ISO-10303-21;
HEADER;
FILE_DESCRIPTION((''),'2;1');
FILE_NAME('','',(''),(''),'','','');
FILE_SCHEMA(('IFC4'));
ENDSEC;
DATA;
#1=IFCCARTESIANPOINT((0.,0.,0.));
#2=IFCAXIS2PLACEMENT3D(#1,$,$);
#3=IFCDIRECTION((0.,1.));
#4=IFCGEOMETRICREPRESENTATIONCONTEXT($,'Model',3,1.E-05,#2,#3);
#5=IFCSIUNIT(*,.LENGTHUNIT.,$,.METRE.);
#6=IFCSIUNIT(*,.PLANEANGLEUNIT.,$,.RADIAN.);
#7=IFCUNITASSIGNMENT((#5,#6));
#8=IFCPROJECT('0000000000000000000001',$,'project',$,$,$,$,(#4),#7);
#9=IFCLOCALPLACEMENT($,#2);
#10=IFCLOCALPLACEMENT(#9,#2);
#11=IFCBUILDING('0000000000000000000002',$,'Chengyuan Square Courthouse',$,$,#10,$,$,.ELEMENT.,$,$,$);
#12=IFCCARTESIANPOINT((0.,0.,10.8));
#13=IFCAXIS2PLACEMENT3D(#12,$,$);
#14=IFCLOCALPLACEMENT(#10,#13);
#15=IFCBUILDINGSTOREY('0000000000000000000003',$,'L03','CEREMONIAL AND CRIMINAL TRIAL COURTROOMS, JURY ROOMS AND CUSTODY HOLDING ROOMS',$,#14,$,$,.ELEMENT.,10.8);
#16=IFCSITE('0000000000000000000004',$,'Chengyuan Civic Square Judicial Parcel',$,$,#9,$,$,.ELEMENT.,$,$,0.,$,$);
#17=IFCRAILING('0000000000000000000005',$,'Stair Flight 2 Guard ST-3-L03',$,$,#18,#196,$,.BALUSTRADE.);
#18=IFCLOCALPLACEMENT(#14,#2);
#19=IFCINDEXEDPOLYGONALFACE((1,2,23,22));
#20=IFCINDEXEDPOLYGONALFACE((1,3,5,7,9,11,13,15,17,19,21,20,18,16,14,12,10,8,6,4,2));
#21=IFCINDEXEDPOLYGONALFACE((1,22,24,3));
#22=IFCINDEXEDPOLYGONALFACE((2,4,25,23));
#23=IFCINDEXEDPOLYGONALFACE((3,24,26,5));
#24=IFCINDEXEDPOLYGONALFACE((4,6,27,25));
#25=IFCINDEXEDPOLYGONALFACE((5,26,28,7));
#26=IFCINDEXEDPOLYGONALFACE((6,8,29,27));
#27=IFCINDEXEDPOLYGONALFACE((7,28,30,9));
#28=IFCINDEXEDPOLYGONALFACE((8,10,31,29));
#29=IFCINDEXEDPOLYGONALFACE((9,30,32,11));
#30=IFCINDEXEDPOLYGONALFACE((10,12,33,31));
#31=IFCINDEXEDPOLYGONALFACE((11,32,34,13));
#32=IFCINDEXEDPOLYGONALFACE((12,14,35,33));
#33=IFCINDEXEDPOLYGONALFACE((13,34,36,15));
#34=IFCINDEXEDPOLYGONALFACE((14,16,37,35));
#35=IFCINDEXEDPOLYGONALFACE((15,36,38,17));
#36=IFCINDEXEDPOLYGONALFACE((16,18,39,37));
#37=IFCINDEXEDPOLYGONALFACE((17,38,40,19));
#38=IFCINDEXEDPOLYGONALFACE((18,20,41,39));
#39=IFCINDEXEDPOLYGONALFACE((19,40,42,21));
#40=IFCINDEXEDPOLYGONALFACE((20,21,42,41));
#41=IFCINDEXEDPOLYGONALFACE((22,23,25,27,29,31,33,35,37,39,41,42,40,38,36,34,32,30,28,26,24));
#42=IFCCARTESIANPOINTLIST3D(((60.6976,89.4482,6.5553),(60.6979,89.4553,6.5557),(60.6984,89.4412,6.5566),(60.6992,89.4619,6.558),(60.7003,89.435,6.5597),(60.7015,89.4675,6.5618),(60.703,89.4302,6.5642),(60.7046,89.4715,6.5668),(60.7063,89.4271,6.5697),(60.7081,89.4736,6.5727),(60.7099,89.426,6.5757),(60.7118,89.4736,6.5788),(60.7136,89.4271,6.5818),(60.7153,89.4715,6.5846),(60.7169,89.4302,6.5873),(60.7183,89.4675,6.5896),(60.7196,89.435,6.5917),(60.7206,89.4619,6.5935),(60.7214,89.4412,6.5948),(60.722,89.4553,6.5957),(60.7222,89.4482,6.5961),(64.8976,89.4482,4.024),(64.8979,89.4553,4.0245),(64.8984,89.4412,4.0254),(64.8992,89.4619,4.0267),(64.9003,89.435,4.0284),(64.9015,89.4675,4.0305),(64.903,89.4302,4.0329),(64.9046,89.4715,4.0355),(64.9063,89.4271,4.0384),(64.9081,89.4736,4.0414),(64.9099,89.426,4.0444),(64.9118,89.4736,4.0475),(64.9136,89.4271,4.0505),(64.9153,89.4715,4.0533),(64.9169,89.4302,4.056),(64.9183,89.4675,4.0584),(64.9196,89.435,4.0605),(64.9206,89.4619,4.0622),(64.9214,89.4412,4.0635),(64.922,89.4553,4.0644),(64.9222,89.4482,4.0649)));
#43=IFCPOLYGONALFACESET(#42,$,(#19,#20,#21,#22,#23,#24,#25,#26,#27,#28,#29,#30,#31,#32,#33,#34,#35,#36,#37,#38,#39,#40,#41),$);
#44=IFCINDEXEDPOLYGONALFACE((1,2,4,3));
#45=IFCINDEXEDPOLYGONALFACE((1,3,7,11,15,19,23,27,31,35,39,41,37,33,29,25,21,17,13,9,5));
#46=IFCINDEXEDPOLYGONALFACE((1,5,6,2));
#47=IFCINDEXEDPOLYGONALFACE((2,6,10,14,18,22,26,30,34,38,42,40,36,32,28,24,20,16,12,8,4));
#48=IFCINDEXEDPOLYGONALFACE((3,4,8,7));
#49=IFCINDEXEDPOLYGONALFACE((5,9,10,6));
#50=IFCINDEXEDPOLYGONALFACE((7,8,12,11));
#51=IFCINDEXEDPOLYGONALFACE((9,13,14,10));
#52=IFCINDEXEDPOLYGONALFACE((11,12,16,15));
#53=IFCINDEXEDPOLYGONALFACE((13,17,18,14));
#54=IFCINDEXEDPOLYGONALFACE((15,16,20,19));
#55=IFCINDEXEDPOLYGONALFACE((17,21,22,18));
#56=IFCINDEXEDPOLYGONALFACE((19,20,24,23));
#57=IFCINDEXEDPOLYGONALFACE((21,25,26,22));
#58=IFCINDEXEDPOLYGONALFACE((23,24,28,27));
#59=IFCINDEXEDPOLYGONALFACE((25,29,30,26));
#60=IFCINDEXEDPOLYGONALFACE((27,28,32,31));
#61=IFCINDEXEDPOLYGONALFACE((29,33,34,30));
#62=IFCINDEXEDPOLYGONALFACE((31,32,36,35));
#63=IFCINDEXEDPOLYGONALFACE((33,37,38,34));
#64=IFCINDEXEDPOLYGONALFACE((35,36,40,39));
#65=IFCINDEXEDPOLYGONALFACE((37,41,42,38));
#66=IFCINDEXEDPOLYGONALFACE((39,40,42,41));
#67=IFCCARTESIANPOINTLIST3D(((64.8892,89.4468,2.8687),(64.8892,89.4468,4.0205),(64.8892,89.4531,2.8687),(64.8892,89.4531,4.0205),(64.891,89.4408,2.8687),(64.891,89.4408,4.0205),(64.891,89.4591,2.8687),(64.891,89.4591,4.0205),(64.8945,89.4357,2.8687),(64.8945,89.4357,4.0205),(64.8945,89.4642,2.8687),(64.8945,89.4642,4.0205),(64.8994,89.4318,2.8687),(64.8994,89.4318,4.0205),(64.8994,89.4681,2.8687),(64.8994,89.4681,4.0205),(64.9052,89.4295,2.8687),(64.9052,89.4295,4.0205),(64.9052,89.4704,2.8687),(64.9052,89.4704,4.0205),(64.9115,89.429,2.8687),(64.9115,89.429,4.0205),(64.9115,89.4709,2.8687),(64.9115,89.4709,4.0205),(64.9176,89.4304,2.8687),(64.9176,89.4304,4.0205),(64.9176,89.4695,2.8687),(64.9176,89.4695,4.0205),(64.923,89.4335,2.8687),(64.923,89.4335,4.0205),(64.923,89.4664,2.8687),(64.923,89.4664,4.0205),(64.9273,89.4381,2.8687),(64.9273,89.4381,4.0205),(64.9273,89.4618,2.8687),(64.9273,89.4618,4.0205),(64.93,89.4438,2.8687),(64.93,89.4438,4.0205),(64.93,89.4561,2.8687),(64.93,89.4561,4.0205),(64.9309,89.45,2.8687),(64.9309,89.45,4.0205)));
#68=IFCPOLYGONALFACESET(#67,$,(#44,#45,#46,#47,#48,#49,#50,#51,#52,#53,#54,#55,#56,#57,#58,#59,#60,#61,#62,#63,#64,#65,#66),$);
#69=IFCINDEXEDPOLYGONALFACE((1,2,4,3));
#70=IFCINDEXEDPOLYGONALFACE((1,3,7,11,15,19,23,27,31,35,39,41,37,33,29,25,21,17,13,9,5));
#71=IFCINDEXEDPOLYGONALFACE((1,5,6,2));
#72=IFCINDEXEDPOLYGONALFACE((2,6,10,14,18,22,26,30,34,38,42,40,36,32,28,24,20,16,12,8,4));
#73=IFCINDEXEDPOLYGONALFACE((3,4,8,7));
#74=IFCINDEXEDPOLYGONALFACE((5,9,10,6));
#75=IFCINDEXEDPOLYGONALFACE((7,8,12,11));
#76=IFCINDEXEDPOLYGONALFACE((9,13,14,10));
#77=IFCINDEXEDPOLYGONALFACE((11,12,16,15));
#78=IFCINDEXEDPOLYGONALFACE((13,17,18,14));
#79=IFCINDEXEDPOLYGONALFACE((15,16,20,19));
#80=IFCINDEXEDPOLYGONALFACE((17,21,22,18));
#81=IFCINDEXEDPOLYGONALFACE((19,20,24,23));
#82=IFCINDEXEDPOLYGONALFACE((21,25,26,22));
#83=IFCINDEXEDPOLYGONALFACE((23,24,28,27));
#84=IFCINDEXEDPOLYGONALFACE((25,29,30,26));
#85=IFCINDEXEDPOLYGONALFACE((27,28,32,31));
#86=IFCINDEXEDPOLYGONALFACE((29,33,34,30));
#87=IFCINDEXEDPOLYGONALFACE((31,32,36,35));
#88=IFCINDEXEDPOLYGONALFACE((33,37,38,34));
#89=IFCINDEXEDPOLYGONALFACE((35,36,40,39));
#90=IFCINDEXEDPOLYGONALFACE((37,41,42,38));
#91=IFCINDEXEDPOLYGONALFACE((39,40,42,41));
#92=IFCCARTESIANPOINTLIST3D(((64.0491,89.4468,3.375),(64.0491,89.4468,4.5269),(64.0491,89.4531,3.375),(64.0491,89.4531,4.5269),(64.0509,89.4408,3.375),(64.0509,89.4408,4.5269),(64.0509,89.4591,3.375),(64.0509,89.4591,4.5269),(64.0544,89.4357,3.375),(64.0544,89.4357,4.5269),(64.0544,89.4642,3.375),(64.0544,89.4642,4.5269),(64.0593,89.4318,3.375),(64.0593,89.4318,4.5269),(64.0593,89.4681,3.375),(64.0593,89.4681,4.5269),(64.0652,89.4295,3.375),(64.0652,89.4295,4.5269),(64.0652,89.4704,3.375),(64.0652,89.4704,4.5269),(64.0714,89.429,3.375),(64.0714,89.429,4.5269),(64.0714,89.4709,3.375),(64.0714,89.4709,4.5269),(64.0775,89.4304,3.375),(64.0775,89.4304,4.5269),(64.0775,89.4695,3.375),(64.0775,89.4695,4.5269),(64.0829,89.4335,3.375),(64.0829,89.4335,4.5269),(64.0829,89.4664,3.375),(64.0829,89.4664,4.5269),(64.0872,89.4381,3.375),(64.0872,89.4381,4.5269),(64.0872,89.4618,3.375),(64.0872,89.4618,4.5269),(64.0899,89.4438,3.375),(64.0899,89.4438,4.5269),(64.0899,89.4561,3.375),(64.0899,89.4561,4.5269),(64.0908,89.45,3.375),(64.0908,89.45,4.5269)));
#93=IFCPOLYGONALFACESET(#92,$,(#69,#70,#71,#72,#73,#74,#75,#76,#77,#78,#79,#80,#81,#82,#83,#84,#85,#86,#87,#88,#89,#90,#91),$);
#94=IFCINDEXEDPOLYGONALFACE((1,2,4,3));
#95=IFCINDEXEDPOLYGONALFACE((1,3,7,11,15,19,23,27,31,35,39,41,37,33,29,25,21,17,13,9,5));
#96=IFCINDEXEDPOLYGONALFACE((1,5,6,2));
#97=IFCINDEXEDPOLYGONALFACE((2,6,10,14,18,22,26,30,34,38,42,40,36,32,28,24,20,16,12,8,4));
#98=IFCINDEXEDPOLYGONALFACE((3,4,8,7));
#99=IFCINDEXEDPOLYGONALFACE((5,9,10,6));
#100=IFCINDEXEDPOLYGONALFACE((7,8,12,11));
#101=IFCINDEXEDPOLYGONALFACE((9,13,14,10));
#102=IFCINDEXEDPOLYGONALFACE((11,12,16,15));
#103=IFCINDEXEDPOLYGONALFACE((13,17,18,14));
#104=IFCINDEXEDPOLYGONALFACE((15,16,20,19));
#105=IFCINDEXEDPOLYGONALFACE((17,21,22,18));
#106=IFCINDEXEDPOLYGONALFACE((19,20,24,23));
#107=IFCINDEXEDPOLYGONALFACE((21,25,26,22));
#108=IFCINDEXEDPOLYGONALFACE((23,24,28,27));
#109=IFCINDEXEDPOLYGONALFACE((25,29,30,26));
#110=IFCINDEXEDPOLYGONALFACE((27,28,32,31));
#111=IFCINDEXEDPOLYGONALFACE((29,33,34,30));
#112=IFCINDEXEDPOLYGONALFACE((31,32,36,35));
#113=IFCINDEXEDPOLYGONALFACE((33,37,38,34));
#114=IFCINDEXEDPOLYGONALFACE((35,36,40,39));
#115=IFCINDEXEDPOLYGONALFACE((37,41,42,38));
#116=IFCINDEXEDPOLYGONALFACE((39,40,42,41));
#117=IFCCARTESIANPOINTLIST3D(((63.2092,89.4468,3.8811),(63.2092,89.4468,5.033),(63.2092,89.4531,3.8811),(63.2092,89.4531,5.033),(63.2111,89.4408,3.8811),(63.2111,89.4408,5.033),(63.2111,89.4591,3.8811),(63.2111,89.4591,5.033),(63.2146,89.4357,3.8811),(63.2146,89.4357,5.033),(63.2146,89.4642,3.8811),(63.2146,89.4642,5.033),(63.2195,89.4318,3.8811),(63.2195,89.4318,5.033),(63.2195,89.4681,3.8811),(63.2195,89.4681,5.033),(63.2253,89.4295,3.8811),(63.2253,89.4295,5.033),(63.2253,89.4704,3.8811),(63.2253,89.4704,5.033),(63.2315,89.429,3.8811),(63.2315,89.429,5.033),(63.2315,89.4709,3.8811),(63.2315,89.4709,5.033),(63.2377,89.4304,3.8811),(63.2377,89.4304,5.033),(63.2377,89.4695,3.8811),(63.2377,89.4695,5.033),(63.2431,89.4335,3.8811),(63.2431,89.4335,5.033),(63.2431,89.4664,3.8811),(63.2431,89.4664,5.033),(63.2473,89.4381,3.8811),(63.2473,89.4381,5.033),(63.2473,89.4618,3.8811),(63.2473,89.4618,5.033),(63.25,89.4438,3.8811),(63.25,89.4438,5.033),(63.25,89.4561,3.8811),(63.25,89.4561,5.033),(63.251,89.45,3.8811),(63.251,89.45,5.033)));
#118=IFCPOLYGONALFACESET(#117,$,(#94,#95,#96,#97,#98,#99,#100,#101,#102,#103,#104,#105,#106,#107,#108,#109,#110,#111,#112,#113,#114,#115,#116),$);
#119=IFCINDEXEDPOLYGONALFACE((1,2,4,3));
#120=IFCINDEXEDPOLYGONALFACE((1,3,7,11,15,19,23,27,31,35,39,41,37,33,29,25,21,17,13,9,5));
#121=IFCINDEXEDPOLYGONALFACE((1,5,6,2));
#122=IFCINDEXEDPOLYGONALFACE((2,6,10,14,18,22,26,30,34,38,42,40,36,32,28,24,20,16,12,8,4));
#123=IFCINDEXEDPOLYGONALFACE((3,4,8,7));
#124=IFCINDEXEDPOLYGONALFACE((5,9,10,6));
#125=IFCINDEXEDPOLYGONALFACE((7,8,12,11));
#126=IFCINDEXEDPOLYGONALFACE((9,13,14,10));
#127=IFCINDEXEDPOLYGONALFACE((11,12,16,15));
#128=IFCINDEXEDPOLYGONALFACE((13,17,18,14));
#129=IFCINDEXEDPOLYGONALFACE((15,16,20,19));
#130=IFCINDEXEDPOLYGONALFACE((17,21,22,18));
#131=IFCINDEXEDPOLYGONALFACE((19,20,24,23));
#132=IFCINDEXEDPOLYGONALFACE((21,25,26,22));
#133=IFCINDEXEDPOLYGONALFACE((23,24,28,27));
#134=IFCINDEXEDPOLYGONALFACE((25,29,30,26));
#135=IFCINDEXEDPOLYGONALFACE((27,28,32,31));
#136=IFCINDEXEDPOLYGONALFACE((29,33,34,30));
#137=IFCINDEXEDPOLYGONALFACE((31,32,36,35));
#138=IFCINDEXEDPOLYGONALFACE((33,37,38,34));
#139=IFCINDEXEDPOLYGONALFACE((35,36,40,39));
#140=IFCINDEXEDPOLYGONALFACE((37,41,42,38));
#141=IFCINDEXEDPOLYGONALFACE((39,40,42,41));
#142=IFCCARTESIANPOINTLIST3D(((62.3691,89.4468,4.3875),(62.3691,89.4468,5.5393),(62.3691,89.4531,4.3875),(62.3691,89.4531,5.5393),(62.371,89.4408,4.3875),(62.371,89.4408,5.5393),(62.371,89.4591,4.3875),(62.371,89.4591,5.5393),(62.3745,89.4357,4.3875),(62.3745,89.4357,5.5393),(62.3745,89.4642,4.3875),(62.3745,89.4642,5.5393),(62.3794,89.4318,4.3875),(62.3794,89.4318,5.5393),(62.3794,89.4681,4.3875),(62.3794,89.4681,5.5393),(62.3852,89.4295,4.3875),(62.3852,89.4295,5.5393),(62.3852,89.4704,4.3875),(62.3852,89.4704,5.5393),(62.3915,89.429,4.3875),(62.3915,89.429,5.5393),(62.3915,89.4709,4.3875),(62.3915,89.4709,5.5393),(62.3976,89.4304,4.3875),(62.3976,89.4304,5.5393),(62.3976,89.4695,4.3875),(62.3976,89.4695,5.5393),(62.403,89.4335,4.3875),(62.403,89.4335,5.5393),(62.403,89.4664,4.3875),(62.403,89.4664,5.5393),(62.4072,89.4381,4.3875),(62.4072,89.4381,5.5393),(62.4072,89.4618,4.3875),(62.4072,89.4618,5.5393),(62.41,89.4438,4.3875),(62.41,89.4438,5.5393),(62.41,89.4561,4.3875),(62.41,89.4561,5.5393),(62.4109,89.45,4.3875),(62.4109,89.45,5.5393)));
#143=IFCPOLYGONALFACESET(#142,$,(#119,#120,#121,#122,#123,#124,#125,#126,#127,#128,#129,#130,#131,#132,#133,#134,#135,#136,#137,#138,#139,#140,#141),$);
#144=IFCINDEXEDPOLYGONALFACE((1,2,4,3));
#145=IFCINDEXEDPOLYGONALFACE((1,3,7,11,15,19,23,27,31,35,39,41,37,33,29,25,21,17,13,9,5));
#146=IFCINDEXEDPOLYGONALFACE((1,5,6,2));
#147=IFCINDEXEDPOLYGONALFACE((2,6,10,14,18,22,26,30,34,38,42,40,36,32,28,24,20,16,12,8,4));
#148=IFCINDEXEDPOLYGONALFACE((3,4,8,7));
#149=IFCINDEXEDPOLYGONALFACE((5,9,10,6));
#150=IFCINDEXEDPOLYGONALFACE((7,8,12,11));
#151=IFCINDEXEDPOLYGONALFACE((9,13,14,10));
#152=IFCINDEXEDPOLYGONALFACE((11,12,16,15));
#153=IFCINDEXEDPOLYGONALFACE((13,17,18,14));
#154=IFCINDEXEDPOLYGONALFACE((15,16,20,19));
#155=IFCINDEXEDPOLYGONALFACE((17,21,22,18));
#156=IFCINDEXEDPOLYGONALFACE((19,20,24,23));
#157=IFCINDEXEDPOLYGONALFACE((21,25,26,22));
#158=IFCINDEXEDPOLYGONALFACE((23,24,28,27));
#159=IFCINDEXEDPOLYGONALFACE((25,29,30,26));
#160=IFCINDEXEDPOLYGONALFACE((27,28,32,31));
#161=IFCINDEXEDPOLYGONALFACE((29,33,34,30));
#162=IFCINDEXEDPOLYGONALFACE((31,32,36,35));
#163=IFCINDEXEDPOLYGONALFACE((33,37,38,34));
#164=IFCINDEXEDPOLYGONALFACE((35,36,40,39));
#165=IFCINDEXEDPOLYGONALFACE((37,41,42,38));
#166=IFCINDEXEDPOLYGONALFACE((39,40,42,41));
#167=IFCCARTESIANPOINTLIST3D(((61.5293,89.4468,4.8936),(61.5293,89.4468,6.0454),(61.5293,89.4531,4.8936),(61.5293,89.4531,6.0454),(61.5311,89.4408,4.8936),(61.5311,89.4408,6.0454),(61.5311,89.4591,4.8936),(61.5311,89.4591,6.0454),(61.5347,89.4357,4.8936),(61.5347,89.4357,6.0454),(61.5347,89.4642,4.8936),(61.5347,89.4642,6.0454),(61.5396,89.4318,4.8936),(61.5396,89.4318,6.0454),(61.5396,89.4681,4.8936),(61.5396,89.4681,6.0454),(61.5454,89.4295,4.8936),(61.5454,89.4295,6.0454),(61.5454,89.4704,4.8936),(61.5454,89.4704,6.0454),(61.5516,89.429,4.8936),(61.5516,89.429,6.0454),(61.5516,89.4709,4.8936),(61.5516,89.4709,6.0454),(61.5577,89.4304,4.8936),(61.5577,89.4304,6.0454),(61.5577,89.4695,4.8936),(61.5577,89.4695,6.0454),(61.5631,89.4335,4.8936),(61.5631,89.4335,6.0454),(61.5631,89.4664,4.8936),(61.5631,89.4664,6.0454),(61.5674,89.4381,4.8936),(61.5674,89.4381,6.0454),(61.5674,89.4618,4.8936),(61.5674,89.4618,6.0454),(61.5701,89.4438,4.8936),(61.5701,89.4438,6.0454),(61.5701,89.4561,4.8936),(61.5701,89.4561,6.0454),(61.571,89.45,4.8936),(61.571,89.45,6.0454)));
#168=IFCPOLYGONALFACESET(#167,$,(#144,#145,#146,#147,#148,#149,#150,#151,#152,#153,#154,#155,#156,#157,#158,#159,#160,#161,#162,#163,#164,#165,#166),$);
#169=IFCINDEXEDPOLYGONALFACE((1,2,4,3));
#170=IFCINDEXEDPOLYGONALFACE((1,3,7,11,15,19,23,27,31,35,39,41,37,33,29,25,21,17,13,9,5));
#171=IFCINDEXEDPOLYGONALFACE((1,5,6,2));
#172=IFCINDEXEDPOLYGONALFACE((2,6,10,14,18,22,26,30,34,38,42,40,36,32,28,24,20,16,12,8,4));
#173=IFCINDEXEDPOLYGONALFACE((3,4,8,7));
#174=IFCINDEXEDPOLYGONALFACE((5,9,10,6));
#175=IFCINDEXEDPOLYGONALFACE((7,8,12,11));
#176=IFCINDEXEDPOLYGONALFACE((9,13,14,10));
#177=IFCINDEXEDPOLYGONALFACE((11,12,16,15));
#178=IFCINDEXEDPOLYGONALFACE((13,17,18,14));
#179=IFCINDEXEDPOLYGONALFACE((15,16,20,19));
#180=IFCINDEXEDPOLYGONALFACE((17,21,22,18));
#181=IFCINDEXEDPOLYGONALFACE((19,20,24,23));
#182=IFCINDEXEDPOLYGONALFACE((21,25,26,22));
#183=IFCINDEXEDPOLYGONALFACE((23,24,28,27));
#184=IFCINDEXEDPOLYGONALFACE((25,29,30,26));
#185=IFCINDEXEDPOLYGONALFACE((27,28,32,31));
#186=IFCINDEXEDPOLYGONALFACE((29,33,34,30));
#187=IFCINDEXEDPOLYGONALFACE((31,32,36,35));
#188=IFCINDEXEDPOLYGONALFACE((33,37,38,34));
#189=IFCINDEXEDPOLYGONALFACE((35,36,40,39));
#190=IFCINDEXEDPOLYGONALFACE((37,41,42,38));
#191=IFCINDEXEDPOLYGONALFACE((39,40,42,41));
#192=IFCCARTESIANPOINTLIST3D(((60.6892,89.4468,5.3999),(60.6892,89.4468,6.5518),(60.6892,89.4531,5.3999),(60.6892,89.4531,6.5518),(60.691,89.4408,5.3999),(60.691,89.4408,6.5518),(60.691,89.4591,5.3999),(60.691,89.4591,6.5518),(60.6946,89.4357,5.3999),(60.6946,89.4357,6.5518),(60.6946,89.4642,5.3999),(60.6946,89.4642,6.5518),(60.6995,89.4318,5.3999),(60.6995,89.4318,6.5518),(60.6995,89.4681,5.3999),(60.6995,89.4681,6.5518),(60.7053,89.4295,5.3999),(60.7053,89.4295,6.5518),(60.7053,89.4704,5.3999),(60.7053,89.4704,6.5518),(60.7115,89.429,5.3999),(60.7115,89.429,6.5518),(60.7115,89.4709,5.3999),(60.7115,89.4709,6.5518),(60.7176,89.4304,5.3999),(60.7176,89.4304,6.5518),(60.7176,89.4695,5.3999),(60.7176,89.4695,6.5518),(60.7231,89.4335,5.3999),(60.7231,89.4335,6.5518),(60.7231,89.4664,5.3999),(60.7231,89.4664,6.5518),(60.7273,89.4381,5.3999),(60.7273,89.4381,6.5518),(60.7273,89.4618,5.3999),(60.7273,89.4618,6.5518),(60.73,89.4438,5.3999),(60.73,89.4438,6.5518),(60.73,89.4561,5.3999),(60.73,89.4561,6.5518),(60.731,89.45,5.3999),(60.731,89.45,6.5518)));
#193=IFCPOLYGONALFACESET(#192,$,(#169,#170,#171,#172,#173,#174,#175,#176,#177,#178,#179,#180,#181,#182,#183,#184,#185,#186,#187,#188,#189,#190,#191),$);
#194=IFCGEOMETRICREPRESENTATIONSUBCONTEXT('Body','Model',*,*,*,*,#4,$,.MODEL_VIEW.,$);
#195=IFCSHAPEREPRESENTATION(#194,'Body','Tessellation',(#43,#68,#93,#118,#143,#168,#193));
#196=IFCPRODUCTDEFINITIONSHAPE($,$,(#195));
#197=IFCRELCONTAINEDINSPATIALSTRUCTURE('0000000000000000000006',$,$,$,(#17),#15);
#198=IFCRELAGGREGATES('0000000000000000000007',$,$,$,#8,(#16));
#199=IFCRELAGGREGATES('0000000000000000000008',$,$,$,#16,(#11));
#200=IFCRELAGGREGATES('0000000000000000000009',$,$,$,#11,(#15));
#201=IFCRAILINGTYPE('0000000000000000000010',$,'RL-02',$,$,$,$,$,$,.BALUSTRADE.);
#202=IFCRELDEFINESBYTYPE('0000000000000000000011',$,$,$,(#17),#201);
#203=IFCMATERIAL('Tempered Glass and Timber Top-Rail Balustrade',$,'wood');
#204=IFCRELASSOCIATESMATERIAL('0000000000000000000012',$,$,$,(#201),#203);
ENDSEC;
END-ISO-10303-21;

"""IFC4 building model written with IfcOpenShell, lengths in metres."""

from ifc_helpers import new_model, si_unit, direction, frame, origin, origin_2d, place, context, subcontext, project, spatial, circle, extrude, material, type_object, element, save


model = new_model("IFC4")

# Units and contexts
model_context = context("Model", 3, precision=1e-05, world=origin(), true_north=direction((0.0, 1.0)))
body_context = subcontext(model_context, "Body", "Model", "MODEL_VIEW")
ifc_project = project(units=[si_unit("LENGTHUNIT", "METRE"), si_unit("PLANEANGLEUNIT", "RADIAN")], contexts=[model_context])

# Site, building, storey
site_placement = place(None, origin())
site = spatial("IfcSite", under=ifc_project, at=site_placement, Name="Chengyuan Civic Square Judicial Parcel", CompositionType="ELEMENT", RefElevation=0.0)
building_placement = place(site_placement, origin())
building = spatial("IfcBuilding", under=site, at=building_placement, Name="Chengyuan Square Courthouse", CompositionType="ELEMENT")
storey_placement = place(building_placement, frame((0.0, 0.0, 10.8)))
storey = spatial("IfcBuildingStorey", under=building, at=storey_placement, Name="L03", Description="CEREMONIAL AND CRIMINAL TRIAL COURTROOMS, JURY ROOMS AND CUSTODY HOLDING ROOMS", CompositionType="ELEMENT", Elevation=10.8)

# Railing
ifc_material_1 = material(Name="Tempered Glass and Timber Top-Rail Balustrade", Category="wood")
railing_type_1 = type_object("IfcRailingType", Name="RL-02", PredefinedType="BALUSTRADE", material=ifc_material_1)
railing_1_placement = place(storey_placement, frame((64.9099, 89.45, 2.8687)))
element("IfcRailing", 1, at=railing_1_placement, inside=storey, type_object=railing_type_1, Name="Stair Flight 2 Guard ST-3-L03", PredefinedType="BALUSTRADE", context=body_context, shape_type="SweptSolid", body=[
    extrude(circle(Radius=0.0239, at=origin_2d()), frame((0.0, 0.0, 1.1758), z_axis=(-0.856476, 0.0, 0.516186), x_axis=(0.0, -1.0, 0.0)), (0.0, 0.0, 1.0), 4.9038),
    extrude(circle(Radius=0.021, at=origin_2d()), origin(), (0.0, 0.0, 1.0), 1.1519),
    extrude(circle(Radius=0.021, at=origin_2d()), frame((-0.8401, 0.0, 0.5063)), (0.0, 0.0, 1.0), 1.1519),
    extrude(circle(Radius=0.021, at=origin_2d()), frame((-1.6799, 0.0, 1.0125)), (0.0, 0.0, 1.0), 1.1519),
    extrude(circle(Radius=0.021, at=origin_2d()), frame((-2.52, 0.0, 1.5188)), (0.0, 0.0, 1.0), 1.1519),
    extrude(circle(Radius=0.021, at=origin_2d()), frame((-3.3599, 0.0, 2.0249)), (0.0, 0.0, 1.0), 1.1519),
    extrude(circle(Radius=0.021, at=origin_2d()), frame((-4.2, 0.0, 2.5312)), (0.0, 0.0, 1.0), 1.1519),
])

save(model, "model.ifc")
